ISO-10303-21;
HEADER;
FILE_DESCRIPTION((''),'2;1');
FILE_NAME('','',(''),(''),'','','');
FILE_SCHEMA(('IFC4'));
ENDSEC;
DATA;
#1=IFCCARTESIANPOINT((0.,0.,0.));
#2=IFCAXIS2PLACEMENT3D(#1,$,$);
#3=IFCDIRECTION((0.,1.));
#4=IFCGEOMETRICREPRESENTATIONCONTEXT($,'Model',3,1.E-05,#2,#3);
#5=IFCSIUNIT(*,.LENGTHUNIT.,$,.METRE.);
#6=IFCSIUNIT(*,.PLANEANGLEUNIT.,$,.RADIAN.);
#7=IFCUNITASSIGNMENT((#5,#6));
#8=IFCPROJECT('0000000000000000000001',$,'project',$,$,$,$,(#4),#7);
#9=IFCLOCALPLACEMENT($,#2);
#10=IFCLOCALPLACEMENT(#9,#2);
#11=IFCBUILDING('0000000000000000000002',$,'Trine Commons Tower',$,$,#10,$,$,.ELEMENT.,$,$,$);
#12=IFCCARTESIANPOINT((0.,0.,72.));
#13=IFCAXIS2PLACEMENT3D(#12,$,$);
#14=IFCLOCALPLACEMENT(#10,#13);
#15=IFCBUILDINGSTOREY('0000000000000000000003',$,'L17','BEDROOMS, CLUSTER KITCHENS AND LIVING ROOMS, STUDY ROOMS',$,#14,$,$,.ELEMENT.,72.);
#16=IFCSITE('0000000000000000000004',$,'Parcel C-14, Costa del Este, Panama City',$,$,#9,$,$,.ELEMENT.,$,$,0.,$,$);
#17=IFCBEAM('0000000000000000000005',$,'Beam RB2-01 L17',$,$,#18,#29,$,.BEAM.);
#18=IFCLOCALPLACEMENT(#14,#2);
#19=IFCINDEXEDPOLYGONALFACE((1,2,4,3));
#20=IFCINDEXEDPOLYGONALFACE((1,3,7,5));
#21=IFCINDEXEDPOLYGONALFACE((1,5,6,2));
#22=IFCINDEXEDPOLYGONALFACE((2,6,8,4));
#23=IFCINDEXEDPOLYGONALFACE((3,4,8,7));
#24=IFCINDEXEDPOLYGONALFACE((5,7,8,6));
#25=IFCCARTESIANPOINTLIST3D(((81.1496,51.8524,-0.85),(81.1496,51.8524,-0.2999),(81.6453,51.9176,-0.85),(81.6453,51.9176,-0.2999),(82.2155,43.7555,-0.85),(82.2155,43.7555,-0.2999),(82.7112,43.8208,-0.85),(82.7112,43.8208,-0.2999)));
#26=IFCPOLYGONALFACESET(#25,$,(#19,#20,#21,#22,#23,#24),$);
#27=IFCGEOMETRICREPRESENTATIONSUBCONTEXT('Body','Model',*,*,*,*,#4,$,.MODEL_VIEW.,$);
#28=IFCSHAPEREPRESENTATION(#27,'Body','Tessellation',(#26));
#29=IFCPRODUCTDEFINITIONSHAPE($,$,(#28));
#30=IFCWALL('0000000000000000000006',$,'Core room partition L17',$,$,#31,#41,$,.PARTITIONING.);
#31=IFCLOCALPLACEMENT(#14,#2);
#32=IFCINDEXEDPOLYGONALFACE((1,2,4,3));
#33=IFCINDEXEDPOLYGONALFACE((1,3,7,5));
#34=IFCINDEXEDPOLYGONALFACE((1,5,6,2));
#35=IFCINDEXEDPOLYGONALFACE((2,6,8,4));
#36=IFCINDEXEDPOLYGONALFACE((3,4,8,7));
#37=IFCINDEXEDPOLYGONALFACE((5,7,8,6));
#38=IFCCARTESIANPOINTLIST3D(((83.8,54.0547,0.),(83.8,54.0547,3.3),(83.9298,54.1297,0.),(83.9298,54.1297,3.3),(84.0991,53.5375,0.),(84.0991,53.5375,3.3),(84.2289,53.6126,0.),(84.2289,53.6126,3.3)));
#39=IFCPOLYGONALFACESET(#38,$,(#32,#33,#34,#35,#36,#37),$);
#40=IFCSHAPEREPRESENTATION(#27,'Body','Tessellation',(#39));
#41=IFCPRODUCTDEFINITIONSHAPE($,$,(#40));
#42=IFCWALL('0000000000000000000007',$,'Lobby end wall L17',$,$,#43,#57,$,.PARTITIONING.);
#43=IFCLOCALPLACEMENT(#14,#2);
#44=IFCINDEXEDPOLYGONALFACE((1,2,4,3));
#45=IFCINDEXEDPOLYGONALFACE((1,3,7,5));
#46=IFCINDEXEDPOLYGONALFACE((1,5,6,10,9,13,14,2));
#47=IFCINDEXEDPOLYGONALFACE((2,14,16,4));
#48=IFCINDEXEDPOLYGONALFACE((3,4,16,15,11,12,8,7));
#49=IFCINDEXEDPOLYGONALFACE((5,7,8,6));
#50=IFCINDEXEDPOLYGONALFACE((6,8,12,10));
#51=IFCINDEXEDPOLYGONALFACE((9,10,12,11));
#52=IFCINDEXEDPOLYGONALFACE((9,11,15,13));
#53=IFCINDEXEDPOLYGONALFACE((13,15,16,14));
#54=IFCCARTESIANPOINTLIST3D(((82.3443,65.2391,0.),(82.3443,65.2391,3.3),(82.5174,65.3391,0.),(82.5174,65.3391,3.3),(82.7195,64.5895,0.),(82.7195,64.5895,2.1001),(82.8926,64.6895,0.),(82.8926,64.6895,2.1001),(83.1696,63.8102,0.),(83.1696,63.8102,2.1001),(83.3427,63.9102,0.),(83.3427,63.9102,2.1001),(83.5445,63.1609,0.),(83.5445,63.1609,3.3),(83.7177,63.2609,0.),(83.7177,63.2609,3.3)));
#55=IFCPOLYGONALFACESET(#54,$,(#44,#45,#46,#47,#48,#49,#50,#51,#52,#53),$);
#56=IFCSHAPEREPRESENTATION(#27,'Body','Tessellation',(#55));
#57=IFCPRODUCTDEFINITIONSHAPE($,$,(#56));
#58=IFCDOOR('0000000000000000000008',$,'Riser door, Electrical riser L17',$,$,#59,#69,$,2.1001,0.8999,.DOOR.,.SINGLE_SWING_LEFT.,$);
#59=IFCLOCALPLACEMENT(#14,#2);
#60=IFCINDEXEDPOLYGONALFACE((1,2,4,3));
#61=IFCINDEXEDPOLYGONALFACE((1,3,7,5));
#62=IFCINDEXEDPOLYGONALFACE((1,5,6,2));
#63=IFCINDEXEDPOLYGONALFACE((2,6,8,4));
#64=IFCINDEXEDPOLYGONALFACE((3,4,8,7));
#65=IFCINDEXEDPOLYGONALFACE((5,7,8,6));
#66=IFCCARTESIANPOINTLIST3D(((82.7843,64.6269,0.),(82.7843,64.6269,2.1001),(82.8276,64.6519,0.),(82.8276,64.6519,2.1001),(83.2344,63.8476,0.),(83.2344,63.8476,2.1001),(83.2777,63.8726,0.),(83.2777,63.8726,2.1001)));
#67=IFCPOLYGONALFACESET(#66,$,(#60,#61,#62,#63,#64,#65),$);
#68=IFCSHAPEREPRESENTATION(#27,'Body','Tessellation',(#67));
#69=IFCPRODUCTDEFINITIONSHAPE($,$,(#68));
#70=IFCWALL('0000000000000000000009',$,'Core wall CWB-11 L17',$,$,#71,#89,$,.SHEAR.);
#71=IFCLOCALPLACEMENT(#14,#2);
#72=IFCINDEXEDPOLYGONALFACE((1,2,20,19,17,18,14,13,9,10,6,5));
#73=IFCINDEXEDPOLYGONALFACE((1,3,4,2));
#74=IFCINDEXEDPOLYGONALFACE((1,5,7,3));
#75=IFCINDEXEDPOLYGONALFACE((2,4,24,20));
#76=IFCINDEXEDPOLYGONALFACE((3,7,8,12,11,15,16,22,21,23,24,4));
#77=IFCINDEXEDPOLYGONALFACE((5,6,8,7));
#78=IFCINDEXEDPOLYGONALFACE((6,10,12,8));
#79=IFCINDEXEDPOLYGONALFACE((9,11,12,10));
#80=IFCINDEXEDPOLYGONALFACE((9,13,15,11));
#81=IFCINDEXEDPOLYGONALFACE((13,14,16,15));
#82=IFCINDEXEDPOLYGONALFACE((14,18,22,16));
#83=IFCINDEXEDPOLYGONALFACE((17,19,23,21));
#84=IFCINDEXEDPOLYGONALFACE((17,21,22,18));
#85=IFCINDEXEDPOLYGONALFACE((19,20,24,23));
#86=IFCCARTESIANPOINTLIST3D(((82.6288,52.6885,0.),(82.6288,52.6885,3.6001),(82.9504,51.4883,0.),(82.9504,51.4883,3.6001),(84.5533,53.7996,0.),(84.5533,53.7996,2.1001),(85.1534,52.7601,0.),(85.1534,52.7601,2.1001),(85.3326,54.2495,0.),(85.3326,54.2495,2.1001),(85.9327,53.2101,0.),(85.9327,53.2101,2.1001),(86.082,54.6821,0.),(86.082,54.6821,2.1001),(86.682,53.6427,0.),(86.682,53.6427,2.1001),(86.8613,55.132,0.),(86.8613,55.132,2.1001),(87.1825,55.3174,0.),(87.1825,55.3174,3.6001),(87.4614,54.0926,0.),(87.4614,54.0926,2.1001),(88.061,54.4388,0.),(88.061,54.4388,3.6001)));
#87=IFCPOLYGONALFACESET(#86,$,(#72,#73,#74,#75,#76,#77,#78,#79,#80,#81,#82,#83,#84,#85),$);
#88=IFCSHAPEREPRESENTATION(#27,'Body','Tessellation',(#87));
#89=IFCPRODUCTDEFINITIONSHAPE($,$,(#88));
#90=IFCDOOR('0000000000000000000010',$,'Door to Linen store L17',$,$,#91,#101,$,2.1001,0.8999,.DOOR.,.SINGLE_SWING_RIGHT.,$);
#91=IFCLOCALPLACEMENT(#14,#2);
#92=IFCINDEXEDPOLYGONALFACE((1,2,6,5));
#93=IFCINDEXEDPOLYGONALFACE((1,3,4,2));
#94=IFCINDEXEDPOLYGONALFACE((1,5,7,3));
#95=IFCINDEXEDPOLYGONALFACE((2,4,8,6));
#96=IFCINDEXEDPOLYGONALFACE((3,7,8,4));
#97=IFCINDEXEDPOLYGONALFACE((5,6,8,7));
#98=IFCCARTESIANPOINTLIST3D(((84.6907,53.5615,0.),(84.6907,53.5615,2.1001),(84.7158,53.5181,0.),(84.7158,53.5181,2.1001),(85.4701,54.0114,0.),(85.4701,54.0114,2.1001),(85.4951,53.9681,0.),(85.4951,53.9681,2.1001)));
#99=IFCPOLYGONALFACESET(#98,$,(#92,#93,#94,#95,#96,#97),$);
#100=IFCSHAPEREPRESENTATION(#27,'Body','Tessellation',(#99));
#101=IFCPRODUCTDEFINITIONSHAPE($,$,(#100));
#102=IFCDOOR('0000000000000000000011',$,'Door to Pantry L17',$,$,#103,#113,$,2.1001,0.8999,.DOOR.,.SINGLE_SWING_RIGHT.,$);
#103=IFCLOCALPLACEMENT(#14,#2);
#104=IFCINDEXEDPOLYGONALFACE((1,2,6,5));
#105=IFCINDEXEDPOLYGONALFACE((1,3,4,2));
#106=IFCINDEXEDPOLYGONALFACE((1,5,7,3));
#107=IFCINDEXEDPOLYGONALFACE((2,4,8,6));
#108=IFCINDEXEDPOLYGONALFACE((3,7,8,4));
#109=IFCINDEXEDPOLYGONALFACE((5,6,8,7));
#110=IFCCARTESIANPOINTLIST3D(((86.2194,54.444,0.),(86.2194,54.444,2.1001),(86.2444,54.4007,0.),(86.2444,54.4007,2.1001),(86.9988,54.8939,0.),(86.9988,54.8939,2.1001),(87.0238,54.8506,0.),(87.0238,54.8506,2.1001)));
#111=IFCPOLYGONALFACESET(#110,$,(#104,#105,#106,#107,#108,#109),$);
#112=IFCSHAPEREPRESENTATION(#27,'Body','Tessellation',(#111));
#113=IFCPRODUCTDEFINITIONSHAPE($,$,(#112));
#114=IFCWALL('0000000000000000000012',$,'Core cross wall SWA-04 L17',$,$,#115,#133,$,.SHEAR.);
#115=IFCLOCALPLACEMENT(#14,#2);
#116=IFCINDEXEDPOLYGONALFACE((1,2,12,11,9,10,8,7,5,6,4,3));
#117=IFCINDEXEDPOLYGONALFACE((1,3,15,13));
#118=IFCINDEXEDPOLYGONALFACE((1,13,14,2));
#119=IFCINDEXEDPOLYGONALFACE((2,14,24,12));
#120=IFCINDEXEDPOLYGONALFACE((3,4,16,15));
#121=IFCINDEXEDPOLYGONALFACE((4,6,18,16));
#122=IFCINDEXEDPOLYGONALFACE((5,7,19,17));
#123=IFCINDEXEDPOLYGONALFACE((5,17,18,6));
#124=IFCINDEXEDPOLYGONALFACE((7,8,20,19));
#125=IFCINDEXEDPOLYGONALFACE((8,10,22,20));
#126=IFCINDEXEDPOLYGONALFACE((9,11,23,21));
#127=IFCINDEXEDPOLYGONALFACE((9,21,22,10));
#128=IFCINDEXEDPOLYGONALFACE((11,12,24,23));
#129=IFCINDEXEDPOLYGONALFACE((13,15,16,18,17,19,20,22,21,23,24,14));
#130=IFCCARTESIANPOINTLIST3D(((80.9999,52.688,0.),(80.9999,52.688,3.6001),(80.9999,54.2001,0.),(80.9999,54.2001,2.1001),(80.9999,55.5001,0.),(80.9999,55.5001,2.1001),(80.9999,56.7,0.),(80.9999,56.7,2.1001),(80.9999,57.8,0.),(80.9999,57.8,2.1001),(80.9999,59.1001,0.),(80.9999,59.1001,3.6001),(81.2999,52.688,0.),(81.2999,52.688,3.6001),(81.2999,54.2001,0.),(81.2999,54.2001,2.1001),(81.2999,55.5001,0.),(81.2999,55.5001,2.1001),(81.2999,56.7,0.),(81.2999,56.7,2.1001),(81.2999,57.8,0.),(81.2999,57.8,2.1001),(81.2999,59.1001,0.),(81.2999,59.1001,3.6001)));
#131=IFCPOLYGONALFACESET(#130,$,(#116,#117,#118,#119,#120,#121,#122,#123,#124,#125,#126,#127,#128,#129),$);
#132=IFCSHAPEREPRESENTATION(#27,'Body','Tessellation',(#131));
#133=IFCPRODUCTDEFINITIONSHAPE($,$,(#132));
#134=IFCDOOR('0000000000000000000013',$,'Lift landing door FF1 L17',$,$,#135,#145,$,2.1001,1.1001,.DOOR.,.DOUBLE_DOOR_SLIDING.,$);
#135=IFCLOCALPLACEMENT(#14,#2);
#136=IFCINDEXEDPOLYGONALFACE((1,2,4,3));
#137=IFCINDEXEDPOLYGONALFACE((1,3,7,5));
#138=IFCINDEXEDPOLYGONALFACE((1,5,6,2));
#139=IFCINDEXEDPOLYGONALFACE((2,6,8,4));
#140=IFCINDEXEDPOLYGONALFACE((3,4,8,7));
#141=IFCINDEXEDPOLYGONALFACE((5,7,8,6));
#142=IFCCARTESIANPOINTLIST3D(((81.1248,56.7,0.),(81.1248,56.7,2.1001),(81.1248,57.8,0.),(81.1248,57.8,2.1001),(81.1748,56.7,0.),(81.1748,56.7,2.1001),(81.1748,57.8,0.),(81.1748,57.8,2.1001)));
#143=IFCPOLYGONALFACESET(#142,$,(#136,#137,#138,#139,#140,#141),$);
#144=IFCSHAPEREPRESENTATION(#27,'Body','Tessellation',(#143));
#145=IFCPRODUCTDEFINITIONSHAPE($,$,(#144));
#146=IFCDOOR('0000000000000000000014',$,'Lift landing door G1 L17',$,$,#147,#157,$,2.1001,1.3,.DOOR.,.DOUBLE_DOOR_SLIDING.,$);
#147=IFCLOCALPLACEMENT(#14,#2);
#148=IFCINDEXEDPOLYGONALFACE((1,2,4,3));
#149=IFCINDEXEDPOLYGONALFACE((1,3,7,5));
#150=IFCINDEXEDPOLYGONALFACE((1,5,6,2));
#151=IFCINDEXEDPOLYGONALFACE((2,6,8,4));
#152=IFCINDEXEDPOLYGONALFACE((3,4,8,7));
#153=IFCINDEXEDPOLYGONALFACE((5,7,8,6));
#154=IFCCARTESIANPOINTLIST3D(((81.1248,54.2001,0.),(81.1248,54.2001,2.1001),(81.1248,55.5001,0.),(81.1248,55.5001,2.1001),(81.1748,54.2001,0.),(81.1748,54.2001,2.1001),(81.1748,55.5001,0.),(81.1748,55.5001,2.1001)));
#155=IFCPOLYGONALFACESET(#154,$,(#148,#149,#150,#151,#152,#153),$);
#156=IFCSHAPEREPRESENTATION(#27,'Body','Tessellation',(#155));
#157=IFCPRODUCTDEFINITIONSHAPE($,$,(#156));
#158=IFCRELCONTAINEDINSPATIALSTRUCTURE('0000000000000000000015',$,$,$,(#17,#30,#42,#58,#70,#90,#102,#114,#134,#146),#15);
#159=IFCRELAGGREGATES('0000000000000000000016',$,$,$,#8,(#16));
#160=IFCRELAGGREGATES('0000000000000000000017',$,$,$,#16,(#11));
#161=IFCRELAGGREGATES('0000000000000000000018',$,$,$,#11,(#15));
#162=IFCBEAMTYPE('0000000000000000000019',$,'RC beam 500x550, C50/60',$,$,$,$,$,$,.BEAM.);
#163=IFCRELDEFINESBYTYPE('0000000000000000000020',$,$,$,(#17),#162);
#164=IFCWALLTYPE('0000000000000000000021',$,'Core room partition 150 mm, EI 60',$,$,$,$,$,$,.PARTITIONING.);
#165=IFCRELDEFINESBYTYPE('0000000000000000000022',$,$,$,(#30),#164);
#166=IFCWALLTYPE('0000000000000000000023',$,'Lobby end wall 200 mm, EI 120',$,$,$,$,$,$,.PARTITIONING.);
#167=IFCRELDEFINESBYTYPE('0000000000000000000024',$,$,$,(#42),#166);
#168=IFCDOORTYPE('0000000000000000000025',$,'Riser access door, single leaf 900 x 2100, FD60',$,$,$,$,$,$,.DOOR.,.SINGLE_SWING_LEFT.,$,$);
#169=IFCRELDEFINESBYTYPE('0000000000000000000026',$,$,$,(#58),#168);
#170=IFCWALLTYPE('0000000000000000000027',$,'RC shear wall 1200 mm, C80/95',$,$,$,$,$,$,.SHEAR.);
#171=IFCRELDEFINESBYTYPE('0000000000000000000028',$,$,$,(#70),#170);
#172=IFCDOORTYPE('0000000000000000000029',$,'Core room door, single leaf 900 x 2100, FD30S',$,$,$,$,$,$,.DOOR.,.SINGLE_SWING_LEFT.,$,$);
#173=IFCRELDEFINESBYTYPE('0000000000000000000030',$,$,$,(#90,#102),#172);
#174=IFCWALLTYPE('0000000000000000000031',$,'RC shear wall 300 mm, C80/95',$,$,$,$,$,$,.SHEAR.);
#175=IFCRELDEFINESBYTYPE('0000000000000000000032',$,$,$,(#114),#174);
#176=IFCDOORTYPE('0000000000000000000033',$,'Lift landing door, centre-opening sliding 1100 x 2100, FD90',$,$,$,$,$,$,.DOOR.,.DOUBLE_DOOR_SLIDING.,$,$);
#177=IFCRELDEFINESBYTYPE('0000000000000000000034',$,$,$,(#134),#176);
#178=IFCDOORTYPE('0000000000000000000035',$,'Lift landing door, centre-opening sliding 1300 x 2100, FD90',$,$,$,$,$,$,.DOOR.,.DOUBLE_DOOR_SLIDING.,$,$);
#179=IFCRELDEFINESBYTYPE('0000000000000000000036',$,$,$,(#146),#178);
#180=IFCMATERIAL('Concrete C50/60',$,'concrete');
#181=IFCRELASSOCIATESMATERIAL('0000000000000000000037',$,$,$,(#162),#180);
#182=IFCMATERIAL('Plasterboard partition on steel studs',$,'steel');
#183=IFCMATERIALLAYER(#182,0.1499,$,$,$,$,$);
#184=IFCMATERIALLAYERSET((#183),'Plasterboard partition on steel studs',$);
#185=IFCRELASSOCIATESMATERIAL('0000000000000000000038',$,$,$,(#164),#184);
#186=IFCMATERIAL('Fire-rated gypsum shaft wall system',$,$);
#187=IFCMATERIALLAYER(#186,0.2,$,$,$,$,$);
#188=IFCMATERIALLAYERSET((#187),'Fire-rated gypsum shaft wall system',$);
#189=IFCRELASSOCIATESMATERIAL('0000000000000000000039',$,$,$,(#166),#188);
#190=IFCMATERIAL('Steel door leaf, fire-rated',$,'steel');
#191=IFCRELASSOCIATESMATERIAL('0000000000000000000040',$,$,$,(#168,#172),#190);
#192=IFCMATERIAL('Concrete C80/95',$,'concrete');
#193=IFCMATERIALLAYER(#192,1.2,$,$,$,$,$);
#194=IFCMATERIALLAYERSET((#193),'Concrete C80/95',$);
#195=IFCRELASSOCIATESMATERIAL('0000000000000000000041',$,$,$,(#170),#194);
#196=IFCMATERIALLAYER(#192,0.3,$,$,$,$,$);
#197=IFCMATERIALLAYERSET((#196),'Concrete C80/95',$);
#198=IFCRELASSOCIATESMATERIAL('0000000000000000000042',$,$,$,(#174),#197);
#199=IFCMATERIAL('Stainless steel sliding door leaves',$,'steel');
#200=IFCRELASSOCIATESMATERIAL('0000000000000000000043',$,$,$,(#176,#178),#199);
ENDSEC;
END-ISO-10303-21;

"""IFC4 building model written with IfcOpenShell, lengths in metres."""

from ifc_helpers import new_model, si_unit, direction, frame, frame_2d, origin, origin_2d, place, context, subcontext, project, spatial, polyline, rectangle, outline, extrude, material, layer, layer_set, material_profile, profile_set, type_object, element, fill, save


model = new_model("IFC4")

# Units and contexts
model_context = context("Model", 3, precision=1e-05, world=origin(), true_north=direction((0.0, 1.0)))
body_context = subcontext(model_context, "Body", "Model", "MODEL_VIEW")
ifc_project = project(units=[si_unit("LENGTHUNIT", "METRE"), si_unit("PLANEANGLEUNIT", "RADIAN")], contexts=[model_context])

# Site, building, storey
site_placement = place(None, origin())
site = spatial("IfcSite", under=ifc_project, at=site_placement, Name="Parcel C-14, Costa del Este, Panama City", CompositionType="ELEMENT", RefElevation=0.0)
building_placement = place(site_placement, origin())
building = spatial("IfcBuilding", under=site, at=building_placement, Name="Trine Commons Tower", CompositionType="ELEMENT")
storey_placement = place(building_placement, frame((0.0, 0.0, 72.0)))
storey = spatial("IfcBuildingStorey", under=building, at=storey_placement, Name="L17", Description="BEDROOMS, CLUSTER KITCHENS AND LIVING ROOMS, STUDY ROOMS", CompositionType="ELEMENT", Elevation=72.0)

# Beam
ifc_material_1 = material(Name="Concrete C50/60", Category="concrete")
ifc_material_profile = material_profile(ifc_material_1, rectangle(XDim=0.5, YDim=0.55, at=origin_2d()), Name="RC 500x550")
ifc_profile_set = profile_set([ifc_material_profile], Name="Concrete C50/60")
beam_type = type_object("IfcBeamType", Name="RC beam 500x550, C50/60", PredefinedType="BEAM", material=ifc_profile_set)
beam_placement = place(storey_placement, frame((81.3975, 51.885, -0.575), z_axis=(0.130519, -0.991446, 0.0), x_axis=(0.991446, 0.130519, 0.0)))
element("IfcBeam", 1, at=beam_placement, inside=storey, type_object=beam_type, Name="Beam RB2-01 L17", PredefinedType="BEAM", context=body_context, shape_type="SweptSolid", body=[
    extrude(rectangle(XDim=0.5, YDim=0.55, at=origin_2d()), origin(), (0.0, 0.0, 1.0), 8.1667),
])

# Wall
ifc_material_2 = material(Name="Plasterboard partition on steel studs", Category="steel")
ifc_layer_1 = layer(ifc_material_2, 0.1499)
ifc_layer_set_1 = layer_set([ifc_layer_1], Name="Plasterboard partition on steel studs")
wall_type_1 = type_object("IfcWallType", Name="Core room partition 150 mm, EI 60", PredefinedType="PARTITIONING", material=ifc_layer_set_1)
wall_1_placement = place(storey_placement, frame((84.1641, 53.575, 0.0), z_axis=(0.0, 0.0, 1.0), x_axis=(-0.500666, 0.865641, 0.0)))
element("IfcWall", 2, at=wall_1_placement, inside=storey, type_object=wall_type_1, Name="Core room partition L17", PredefinedType="PARTITIONING", context=body_context, shape_type="SweptSolid", body=[
    extrude(rectangle(XDim=0.5974, YDim=0.1499, at=frame_2d((0.2988, 0.0))), origin(), (0.0, 0.0, 1.0), 3.3),
])

# Wall, opening, door
ifc_material_3 = material(Name="Fire-rated gypsum shaft wall system")
ifc_layer_2 = layer(ifc_material_3, 0.2)
ifc_layer_set_2 = layer_set([ifc_layer_2], Name="Fire-rated gypsum shaft wall system")
wall_type_2 = type_object("IfcWallType", Name="Lobby end wall 200 mm, EI 120", PredefinedType="PARTITIONING", material=ifc_layer_set_2)
wall_2_placement = place(storey_placement, frame((83.6311, 63.2109, 0.0), z_axis=(0.0, 0.0, 1.0), x_axis=(-0.500122, 0.865955, 0.0)))
wall_2 = element("IfcWall", 3, at=wall_2_placement, inside=storey, type_object=wall_type_2, Name="Lobby end wall L17", PredefinedType="PARTITIONING", context=body_context, shape_type="SweptSolid", body=[
    extrude(rectangle(XDim=2.3999, YDim=0.2, at=frame_2d((1.2, 0.0))), origin(), (0.0, 0.0, 1.0), 3.3),
])
opening_1_placement = place(wall_2_placement, frame((0.7498, 0.0, 0.0)))
opening_1 = element("IfcOpeningElement", 4, at=opening_1_placement, cuts=wall_2, PredefinedType="OPENING", context=body_context, shape_type="SweptSolid", body=[
    extrude(rectangle(XDim=0.8999, YDim=2.1001, at=frame_2d((0.45, 1.05))), frame((0.0, 0.1099, 0.0), z_axis=(0.0, -1.0, 0.0), x_axis=(1.0, 0.0, 0.0)), (0.0, 0.0, 1.0), 0.22),
])
ifc_material_4 = material(Name="Steel door leaf, fire-rated", Category="steel")
door_type_1 = type_object("IfcDoorType", Name="Riser access door, single leaf 900 x 2100, FD60", OperationType="SINGLE_SWING_LEFT", PredefinedType="DOOR", material=ifc_material_4)
door_1_placement = place(opening_1_placement, frame((0.8999, 0.0, 0.0), z_axis=(0.0, 0.0, 1.0), x_axis=(-1.0, 0.0, 0.0)))
door_1 = element("IfcDoor", 5, at=door_1_placement, inside=storey, type_object=door_type_1, Name="Riser door, Electrical riser L17", OperationType="SINGLE_SWING_LEFT", OverallHeight=2.1001, OverallWidth=0.8999, PredefinedType="DOOR", context=body_context, shape_type="SweptSolid", body=[
    extrude(rectangle(XDim=0.8999, YDim=2.1001, at=frame_2d((0.45, 1.05))), frame((0.0, 0.0249, 0.0), z_axis=(0.0, -1.0, 0.0), x_axis=(1.0, 0.0, 0.0)), (0.0, 0.0, 1.0), 0.05),
])
fill(opening_1, door_1)

# Walls, openings, doors
ifc_material_5 = material(Name="Concrete C80/95", Category="concrete")
ifc_layer_3 = layer(ifc_material_5, 1.2)
ifc_layer_set_3 = layer_set([ifc_layer_3], Name="Concrete C80/95")
wall_type_3 = type_object("IfcWallType", Name="RC shear wall 1200 mm, C80/95", PredefinedType="SHEAR", material=ifc_layer_set_3)
wall_3_placement = place(storey_placement, frame((82.6504, 52.0081, 0.0), z_axis=(0.0, 0.0, 1.0), x_axis=(0.866037, 0.499979, 0.0)))
wall_3 = element("IfcWall", 6, at=wall_3_placement, inside=storey, type_object=wall_type_3, Name="Core wall CWB-11 L17", PredefinedType="SHEAR", context=body_context, shape_type="SweptSolid", body=[
    extrude(outline(polyline([(0.0, -0.6001), (5.9011, -0.6001), (5.5796, 0.6001), (0.3215, 0.6001), (0.0, -0.6001)])), origin(), (0.0, 0.0, 1.0), 3.6001),
])
opening_2_placement = place(wall_3_placement, frame((2.5437, 0.0, 0.0)))
opening_2 = element("IfcOpeningElement", 7, at=opening_2_placement, cuts=wall_3, PredefinedType="OPENING", context=body_context, shape_type="SweptSolid", body=[
    extrude(rectangle(XDim=0.8999, YDim=2.1001, at=frame_2d((0.45, 1.05))), frame((0.0, 0.6099, 0.0), z_axis=(0.0, -1.0, 0.0), x_axis=(1.0, 0.0, 0.0)), (0.0, 0.0, 1.0), 1.22),
])
opening_3_placement = place(wall_3_placement, frame((4.3088, 0.0, 0.0)))
opening_3 = element("IfcOpeningElement", 8, at=opening_3_placement, cuts=wall_3, PredefinedType="OPENING", context=body_context, shape_type="SweptSolid", body=[
    extrude(rectangle(XDim=0.8999, YDim=2.1001, at=frame_2d((0.45, 1.05))), frame((0.0, 0.6099, 0.0), z_axis=(0.0, -1.0, 0.0), x_axis=(1.0, 0.0, 0.0)), (0.0, 0.0, 1.0), 1.22),
])
door_type_2 = type_object("IfcDoorType", Name="Core room door, single leaf 900 x 2100, FD30S", OperationType="SINGLE_SWING_LEFT", PredefinedType="DOOR", material=ifc_material_4)
door_2_placement = place(opening_2_placement, origin())
door_2 = element("IfcDoor", 9, at=door_2_placement, inside=storey, type_object=door_type_2, Name="Door to Linen store L17", OperationType="SINGLE_SWING_RIGHT", OverallHeight=2.1001, OverallWidth=0.8999, PredefinedType="DOOR", context=body_context, shape_type="SweptSolid", body=[
    extrude(rectangle(XDim=0.8999, YDim=2.1001, at=frame_2d((0.45, 1.05))), frame((0.0, 0.3252, 0.0), z_axis=(0.0, -1.0, 0.0), x_axis=(1.0, 0.0, 0.0)), (0.0, 0.0, 1.0), 0.05),
])
fill(opening_2, door_2)
door_3_placement = place(opening_3_placement, origin())
door_3 = element("IfcDoor", 10, at=door_3_placement, inside=storey, type_object=door_type_2, Name="Door to Pantry L17", OperationType="SINGLE_SWING_RIGHT", OverallHeight=2.1001, OverallWidth=0.8999, PredefinedType="DOOR", context=body_context, shape_type="SweptSolid", body=[
    extrude(rectangle(XDim=0.8999, YDim=2.1001, at=frame_2d((0.45, 1.05))), frame((0.0, 0.3252, 0.0), z_axis=(0.0, -1.0, 0.0), x_axis=(1.0, 0.0, 0.0)), (0.0, 0.0, 1.0), 0.05),
])
fill(opening_3, door_3)
ifc_layer_4 = layer(ifc_material_5, 0.3)
ifc_layer_set_4 = layer_set([ifc_layer_4], Name="Concrete C80/95")
wall_type_4 = type_object("IfcWallType", Name="RC shear wall 300 mm, C80/95", PredefinedType="SHEAR", material=ifc_layer_set_4)
wall_4_placement = place(storey_placement, frame((81.1499, 59.1001, 0.0), z_axis=(0.0, 0.0, 1.0), x_axis=(0.0, -1.0, 0.0)))
wall_4 = element("IfcWall", 11, at=wall_4_placement, inside=storey, type_object=wall_type_4, Name="Core cross wall SWA-04 L17", PredefinedType="SHEAR", context=body_context, shape_type="SweptSolid", body=[
    extrude(rectangle(XDim=6.4121, YDim=0.3, at=frame_2d((3.2061, 0.0))), origin(), (0.0, 0.0, 1.0), 3.6001),
])
opening_4_placement = place(wall_4_placement, frame((3.6001, 0.0, 0.0)))
opening_4 = element("IfcOpeningElement", 12, at=opening_4_placement, cuts=wall_4, PredefinedType="OPENING", context=body_context, shape_type="SweptSolid", body=[
    extrude(rectangle(XDim=1.3, YDim=2.1001, at=frame_2d((0.6499, 1.05))), frame((0.0, 0.1599, 0.0), z_axis=(0.0, -1.0, 0.0), x_axis=(1.0, 0.0, 0.0)), (0.0, 0.0, 1.0), 0.3201),
])
opening_5_placement = place(wall_4_placement, frame((1.3, 0.0, 0.0)))
opening_5 = element("IfcOpeningElement", 13, at=opening_5_placement, cuts=wall_4, PredefinedType="OPENING", context=body_context, shape_type="SweptSolid", body=[
    extrude(rectangle(XDim=1.1001, YDim=2.1001, at=frame_2d((0.55, 1.05))), frame((0.0, 0.1599, 0.0), z_axis=(0.0, -1.0, 0.0), x_axis=(1.0, 0.0, 0.0)), (0.0, 0.0, 1.0), 0.3201),
])
ifc_material_6 = material(Name="Stainless steel sliding door leaves", Category="steel")
door_type_3 = type_object("IfcDoorType", Name="Lift landing door, centre-opening sliding 1100 x 2100, FD90", OperationType="DOUBLE_DOOR_SLIDING", PredefinedType="DOOR", material=ifc_material_6)
door_4_placement = place(opening_5_placement, origin())
door_4 = element("IfcDoor", 14, at=door_4_placement, inside=storey, type_object=door_type_3, Name="Lift landing door FF1 L17", OperationType="DOUBLE_DOOR_SLIDING", OverallHeight=2.1001, OverallWidth=1.1001, PredefinedType="DOOR", context=body_context, shape_type="SweptSolid", body=[
    extrude(rectangle(XDim=1.1001, YDim=2.1001, at=frame_2d((0.55, 1.05))), frame((0.0, 0.0249, 0.0), z_axis=(0.0, -1.0, 0.0), x_axis=(1.0, 0.0, 0.0)), (0.0, 0.0, 1.0), 0.05),
])
fill(opening_5, door_4)
door_type_4 = type_object("IfcDoorType", Name="Lift landing door, centre-opening sliding 1300 x 2100, FD90", OperationType="DOUBLE_DOOR_SLIDING", PredefinedType="DOOR", material=ifc_material_6)
door_5_placement = place(opening_4_placement, origin())
door_5 = element("IfcDoor", 15, at=door_5_placement, inside=storey, type_object=door_type_4, Name="Lift landing door G1 L17", OperationType="DOUBLE_DOOR_SLIDING", OverallHeight=2.1001, OverallWidth=1.3, PredefinedType="DOOR", context=body_context, shape_type="SweptSolid", body=[
    extrude(rectangle(XDim=1.3, YDim=2.1001, at=frame_2d((0.6499, 1.05))), frame((0.0, 0.0249, 0.0), z_axis=(0.0, -1.0, 0.0), x_axis=(1.0, 0.0, 0.0)), (0.0, 0.0, 1.0), 0.05),
])
fill(opening_4, door_5)

save(model, "model.ifc")
